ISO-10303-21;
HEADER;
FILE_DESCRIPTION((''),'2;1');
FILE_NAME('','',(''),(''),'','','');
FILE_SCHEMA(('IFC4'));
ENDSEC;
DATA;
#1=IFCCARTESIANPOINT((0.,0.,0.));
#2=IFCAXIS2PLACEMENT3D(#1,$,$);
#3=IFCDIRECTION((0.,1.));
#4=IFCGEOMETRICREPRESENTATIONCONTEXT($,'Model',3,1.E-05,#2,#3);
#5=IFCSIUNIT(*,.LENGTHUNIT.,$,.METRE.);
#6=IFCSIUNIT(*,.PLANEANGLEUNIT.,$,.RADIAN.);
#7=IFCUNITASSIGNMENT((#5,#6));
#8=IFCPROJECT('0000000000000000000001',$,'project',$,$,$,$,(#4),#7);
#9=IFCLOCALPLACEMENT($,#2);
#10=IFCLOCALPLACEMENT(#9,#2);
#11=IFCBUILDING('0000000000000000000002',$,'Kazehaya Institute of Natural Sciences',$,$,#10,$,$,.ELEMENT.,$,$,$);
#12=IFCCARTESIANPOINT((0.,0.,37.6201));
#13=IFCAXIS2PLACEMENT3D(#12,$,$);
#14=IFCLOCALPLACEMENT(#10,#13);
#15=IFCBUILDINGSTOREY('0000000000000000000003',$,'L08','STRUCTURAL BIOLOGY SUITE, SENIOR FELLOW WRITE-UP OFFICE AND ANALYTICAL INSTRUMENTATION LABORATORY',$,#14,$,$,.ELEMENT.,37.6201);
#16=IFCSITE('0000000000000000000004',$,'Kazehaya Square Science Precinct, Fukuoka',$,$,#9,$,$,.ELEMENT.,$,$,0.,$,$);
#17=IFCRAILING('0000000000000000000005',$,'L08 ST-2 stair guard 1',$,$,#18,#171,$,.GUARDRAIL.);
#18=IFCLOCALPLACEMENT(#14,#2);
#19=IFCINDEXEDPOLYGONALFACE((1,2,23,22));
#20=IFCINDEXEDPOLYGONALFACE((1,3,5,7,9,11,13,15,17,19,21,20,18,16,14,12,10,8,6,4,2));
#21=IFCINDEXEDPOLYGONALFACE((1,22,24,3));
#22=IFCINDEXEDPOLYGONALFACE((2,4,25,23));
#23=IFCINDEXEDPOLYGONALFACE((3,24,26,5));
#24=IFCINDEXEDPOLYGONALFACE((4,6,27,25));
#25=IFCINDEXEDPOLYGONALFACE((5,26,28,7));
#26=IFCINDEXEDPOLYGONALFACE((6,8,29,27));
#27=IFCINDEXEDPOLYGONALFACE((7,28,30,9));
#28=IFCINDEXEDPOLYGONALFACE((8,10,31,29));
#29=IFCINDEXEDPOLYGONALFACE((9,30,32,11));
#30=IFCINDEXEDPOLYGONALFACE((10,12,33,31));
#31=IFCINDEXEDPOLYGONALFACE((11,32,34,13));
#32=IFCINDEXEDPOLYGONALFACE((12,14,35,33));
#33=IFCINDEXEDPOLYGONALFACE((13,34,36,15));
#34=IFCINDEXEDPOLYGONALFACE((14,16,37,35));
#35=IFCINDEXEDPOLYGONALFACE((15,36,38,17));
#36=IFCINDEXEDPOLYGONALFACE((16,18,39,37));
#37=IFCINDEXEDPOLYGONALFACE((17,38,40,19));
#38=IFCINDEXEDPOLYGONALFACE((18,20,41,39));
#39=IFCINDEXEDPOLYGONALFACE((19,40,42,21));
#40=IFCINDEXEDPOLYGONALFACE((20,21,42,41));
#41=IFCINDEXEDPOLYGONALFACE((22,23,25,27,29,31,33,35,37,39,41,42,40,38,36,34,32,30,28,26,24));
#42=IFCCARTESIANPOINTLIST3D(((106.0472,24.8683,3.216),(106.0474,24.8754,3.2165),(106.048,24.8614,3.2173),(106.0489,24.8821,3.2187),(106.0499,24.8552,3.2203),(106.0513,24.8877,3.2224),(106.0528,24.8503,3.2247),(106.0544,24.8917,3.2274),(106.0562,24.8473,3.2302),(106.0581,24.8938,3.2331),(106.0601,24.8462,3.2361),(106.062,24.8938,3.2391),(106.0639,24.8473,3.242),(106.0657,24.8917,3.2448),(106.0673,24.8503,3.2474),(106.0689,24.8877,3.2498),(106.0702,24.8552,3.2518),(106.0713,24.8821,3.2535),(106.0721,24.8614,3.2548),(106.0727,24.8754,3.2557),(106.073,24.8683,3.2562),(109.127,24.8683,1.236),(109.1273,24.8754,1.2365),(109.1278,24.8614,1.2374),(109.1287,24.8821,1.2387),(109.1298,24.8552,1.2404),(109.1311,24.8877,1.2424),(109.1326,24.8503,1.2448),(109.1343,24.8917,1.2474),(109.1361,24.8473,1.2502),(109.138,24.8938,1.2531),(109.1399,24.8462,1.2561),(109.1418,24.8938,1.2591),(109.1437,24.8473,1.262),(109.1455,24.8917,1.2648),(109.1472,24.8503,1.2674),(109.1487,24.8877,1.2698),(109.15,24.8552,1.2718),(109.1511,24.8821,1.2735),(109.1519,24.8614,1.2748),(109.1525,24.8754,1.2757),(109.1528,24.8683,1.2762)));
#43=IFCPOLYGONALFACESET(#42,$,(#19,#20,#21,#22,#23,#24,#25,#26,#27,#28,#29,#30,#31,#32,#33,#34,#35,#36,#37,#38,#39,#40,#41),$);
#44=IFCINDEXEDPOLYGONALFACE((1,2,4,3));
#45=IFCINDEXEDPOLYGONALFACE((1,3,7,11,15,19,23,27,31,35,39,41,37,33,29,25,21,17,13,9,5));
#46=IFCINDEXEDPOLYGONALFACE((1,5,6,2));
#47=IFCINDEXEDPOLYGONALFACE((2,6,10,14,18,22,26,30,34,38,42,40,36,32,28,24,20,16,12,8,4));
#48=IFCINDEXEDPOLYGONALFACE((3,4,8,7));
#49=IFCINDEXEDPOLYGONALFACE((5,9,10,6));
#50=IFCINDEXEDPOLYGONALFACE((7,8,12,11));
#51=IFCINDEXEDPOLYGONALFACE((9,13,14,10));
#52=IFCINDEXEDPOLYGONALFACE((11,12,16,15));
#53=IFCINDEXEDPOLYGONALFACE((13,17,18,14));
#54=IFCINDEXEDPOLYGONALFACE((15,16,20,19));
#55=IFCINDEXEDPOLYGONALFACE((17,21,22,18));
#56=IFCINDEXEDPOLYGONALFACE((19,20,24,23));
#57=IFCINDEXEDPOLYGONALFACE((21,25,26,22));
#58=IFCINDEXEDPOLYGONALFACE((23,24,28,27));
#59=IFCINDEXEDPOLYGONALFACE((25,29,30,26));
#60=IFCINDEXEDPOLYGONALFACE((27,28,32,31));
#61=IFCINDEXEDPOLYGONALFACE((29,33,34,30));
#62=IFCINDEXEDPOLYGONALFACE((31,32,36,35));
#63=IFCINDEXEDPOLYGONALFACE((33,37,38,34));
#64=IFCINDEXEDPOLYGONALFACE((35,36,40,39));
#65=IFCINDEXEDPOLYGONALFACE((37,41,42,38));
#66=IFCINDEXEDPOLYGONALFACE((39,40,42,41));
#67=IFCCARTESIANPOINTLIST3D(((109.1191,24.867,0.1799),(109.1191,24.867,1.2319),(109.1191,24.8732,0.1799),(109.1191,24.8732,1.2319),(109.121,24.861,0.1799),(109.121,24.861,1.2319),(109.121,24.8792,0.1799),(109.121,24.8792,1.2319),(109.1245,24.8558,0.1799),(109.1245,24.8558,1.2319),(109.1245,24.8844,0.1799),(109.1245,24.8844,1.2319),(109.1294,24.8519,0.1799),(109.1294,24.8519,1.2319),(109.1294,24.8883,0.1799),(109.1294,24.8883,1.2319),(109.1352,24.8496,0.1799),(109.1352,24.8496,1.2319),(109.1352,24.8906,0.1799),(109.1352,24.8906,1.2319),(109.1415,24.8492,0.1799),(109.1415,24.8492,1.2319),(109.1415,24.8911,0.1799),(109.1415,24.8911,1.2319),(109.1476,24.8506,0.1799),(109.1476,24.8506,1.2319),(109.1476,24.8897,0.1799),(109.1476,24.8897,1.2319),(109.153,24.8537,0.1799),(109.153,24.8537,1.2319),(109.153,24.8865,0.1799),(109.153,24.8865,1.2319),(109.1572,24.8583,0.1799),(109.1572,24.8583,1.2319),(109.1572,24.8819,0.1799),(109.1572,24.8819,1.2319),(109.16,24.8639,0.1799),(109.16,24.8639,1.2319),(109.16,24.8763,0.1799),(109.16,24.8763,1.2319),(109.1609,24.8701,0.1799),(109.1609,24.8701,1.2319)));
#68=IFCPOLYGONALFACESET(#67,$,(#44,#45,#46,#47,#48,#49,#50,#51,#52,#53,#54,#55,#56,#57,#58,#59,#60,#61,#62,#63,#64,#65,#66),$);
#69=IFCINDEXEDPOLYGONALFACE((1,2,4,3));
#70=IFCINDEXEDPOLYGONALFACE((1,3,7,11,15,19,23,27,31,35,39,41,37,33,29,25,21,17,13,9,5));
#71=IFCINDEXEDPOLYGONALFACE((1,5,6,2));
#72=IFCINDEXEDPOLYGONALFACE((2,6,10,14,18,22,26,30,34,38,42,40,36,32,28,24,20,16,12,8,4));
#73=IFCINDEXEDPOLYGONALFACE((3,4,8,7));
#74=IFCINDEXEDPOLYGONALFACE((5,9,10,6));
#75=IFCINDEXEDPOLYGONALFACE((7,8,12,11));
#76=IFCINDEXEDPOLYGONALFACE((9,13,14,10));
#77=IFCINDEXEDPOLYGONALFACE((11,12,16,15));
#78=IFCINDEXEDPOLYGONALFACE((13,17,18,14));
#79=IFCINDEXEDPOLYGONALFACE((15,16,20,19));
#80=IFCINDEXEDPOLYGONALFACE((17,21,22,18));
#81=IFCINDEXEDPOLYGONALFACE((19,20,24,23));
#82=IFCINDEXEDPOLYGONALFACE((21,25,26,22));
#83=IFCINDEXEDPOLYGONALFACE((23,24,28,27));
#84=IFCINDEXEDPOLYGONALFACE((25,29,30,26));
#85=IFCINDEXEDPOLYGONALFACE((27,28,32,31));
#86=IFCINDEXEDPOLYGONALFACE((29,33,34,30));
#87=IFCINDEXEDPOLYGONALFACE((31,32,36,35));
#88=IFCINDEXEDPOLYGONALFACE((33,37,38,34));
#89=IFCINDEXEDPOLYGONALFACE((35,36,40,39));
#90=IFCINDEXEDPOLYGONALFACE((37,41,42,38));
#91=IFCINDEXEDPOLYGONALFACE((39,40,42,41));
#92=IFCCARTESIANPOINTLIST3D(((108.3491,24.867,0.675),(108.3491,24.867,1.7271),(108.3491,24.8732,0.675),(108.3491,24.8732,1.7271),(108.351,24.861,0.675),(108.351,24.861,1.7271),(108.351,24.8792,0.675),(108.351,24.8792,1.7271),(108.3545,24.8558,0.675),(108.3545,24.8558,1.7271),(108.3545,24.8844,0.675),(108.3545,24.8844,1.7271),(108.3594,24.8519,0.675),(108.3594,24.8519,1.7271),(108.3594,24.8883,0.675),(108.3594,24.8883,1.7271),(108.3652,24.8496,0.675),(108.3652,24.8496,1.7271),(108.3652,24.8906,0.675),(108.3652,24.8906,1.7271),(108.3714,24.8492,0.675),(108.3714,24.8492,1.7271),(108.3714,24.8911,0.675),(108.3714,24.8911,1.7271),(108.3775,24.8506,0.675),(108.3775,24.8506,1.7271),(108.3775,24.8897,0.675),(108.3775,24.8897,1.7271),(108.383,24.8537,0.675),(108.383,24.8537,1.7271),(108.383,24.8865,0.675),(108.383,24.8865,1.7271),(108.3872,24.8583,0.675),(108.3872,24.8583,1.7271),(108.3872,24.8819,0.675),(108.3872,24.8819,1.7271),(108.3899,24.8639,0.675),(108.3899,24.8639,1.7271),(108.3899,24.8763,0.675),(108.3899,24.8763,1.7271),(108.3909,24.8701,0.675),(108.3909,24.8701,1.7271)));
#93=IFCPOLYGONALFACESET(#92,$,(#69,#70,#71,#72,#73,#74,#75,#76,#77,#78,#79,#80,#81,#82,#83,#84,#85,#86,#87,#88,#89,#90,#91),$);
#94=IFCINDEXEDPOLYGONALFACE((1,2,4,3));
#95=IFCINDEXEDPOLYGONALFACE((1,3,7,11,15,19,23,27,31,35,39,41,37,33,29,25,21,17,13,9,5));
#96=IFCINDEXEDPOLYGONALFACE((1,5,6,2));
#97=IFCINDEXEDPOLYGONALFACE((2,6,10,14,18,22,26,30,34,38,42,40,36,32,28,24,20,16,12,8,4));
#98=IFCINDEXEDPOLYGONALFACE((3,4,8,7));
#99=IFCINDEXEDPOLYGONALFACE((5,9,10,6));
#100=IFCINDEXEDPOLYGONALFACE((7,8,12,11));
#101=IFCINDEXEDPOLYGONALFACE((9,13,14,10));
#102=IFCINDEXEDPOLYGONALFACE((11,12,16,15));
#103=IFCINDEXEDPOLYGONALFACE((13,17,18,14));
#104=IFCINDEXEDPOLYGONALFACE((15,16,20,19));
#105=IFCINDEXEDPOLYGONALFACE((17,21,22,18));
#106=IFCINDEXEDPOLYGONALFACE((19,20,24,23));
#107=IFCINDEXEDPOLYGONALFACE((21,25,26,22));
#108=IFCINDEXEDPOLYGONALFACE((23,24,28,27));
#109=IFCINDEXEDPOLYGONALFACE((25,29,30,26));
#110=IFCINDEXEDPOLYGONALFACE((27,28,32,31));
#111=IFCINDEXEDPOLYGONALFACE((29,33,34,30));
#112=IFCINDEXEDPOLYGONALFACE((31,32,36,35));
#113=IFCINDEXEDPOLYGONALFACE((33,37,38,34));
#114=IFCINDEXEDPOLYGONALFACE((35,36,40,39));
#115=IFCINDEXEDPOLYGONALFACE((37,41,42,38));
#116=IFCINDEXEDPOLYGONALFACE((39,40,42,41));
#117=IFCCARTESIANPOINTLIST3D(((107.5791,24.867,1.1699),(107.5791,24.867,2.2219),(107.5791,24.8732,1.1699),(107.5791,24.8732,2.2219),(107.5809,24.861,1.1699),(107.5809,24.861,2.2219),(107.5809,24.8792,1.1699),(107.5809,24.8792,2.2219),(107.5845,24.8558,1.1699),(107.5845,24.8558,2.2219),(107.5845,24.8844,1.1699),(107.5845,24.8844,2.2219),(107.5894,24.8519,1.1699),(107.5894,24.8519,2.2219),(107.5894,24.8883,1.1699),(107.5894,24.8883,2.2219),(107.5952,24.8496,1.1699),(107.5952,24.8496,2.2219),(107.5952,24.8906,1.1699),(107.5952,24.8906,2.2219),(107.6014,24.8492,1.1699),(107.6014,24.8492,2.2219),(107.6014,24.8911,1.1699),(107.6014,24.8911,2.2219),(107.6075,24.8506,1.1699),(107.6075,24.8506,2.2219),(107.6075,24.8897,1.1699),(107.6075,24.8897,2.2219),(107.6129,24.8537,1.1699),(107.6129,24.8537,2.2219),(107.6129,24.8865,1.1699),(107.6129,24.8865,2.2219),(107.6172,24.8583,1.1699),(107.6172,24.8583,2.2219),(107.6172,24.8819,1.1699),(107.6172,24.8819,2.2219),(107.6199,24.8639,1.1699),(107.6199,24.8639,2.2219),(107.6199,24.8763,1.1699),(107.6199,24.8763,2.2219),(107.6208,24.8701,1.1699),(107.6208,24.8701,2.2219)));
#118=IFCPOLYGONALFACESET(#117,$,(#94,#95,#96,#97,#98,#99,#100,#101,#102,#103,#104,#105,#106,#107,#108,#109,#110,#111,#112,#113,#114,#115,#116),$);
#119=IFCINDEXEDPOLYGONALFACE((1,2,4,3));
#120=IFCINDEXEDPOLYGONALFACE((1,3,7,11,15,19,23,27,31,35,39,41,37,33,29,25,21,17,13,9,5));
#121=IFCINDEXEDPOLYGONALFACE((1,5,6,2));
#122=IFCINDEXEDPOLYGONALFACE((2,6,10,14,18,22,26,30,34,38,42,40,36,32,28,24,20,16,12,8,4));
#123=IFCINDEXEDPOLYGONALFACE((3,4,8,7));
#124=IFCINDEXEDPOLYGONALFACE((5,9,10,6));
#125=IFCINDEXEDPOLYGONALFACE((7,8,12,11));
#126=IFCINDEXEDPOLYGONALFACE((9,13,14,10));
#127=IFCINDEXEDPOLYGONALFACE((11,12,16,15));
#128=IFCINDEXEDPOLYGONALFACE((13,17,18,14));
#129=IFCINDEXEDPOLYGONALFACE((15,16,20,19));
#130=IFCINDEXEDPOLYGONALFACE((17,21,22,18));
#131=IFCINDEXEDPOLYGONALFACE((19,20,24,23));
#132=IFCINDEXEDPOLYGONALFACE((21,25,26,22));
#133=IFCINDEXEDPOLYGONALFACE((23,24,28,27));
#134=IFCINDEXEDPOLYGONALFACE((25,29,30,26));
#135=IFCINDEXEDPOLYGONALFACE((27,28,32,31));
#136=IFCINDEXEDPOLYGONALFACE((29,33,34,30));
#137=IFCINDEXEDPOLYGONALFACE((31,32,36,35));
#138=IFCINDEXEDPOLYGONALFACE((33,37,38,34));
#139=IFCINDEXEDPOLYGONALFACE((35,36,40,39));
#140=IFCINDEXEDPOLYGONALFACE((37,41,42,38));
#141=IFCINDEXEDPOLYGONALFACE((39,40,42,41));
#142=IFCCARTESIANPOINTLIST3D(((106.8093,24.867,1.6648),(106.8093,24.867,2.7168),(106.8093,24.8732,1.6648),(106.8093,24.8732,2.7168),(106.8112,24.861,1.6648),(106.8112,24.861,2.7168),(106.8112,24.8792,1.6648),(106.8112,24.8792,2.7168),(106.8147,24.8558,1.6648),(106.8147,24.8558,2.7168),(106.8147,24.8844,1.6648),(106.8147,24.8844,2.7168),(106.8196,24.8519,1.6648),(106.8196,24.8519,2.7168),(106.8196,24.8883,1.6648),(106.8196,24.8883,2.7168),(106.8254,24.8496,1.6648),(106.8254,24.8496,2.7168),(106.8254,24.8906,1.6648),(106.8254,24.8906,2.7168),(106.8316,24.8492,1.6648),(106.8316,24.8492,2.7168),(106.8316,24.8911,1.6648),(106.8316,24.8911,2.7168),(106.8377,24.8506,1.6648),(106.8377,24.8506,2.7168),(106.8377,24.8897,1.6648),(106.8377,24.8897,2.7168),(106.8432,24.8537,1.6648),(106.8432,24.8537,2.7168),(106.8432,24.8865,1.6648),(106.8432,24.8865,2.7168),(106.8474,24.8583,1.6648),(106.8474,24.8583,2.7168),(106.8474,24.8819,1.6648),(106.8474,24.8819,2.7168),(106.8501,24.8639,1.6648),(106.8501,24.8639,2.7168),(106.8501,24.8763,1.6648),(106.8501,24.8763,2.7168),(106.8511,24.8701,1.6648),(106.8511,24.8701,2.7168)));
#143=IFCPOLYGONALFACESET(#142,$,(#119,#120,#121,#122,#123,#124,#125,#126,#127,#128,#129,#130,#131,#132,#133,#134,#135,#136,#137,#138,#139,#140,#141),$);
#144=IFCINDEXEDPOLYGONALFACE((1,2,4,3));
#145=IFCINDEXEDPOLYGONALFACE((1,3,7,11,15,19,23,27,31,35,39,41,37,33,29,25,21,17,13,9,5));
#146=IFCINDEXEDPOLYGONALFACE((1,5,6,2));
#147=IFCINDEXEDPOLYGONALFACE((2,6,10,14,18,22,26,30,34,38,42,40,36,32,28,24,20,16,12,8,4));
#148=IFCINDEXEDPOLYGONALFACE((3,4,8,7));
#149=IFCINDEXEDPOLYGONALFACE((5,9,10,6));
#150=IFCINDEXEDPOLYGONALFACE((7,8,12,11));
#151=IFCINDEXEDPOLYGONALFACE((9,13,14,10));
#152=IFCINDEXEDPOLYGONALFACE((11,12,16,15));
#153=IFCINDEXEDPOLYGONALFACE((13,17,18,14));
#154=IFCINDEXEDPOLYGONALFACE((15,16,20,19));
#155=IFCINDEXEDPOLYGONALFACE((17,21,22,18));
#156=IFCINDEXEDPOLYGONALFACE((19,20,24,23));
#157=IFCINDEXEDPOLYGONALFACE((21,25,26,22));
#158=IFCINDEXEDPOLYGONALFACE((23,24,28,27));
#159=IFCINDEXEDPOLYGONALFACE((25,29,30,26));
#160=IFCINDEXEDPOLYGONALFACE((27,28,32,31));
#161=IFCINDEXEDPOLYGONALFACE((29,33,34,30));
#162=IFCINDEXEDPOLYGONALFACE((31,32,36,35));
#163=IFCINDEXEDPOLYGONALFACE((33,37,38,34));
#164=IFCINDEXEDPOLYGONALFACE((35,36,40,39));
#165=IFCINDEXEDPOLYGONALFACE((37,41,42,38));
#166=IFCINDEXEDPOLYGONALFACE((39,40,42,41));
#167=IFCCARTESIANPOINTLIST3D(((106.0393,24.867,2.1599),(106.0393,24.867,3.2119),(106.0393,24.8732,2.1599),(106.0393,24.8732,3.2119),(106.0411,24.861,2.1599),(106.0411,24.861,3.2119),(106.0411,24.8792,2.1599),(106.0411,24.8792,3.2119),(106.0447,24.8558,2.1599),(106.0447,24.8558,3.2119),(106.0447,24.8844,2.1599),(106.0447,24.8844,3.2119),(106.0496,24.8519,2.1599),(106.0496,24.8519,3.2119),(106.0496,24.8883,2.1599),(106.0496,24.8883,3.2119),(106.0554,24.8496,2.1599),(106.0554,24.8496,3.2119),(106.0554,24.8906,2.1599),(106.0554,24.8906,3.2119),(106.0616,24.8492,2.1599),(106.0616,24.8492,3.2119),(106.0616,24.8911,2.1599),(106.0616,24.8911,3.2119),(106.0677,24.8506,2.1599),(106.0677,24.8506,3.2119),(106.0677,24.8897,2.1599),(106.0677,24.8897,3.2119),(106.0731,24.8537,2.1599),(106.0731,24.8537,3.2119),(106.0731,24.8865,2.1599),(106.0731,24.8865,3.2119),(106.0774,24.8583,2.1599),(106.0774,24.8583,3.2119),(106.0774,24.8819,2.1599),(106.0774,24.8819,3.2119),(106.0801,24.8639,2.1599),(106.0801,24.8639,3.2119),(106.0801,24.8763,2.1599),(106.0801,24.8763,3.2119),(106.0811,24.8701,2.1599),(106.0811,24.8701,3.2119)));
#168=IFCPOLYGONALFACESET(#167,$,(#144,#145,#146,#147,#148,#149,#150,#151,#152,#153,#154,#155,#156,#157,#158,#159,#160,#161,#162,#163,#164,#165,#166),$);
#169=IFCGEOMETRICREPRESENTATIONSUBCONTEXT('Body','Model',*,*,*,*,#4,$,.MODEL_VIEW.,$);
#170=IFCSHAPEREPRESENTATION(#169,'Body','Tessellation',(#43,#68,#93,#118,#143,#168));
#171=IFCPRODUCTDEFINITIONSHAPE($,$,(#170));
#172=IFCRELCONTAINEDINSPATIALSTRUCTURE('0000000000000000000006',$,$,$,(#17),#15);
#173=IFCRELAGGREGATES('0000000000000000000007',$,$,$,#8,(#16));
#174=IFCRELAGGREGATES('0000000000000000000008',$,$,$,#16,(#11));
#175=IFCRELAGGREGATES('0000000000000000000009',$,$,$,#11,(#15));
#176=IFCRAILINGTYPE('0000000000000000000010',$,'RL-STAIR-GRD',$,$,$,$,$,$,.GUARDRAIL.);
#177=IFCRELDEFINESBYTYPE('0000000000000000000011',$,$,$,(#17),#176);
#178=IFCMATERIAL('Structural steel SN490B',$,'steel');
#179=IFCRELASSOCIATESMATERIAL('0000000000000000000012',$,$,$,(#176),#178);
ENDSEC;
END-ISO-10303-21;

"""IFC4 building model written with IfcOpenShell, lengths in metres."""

from ifc_helpers import new_model, si_unit, direction, frame, origin, origin_2d, place, context, subcontext, project, spatial, circle, extrude, material, type_object, element, save


model = new_model("IFC4")

# Units and contexts
model_context = context("Model", 3, precision=1e-05, world=origin(), true_north=direction((0.0, 1.0)))
body_context = subcontext(model_context, "Body", "Model", "MODEL_VIEW")
ifc_project = project(units=[si_unit("LENGTHUNIT", "METRE"), si_unit("PLANEANGLEUNIT", "RADIAN")], contexts=[model_context])

# Site, building, storey
site_placement = place(None, origin())
site = spatial("IfcSite", under=ifc_project, at=site_placement, Name="Kazehaya Square Science Precinct, Fukuoka", CompositionType="ELEMENT", RefElevation=0.0)
building_placement = place(site_placement, origin())
building = spatial("IfcBuilding", under=site, at=building_placement, Name="Kazehaya Institute of Natural Sciences", CompositionType="ELEMENT")
storey_placement = place(building_placement, frame((0.0, 0.0, 37.6201)))
storey = spatial("IfcBuildingStorey", under=building, at=storey_placement, Name="L08", Description="STRUCTURAL BIOLOGY SUITE, SENIOR FELLOW WRITE-UP OFFICE AND ANALYTICAL INSTRUMENTATION LABORATORY", CompositionType="ELEMENT", Elevation=37.6201)

# Railing
ifc_material_1 = material(Name="Structural steel SN490B", Category="steel")
railing_type_1 = type_object("IfcRailingType", Name="RL-STAIR-GRD", PredefinedType="GUARDRAIL", material=ifc_material_1)
railing_1_placement = place(storey_placement, frame((109.1399, 24.8701, 0.1799)))
element("IfcRailing", 1, at=railing_1_placement, inside=storey, type_object=railing_type_1, Name="L08 ST-2 stair guard 1", PredefinedType="GUARDRAIL", context=body_context, shape_type="SweptSolid", body=[
    extrude(circle(Radius=0.0239, at=origin_2d()), frame((0.0, 0.0, 1.0762), z_axis=(-0.841168, 0.0, 0.540774), x_axis=(0.0, -1.0, 0.0)), (0.0, 0.0, 1.0), 3.6614),
    extrude(circle(Radius=0.021, at=origin_2d()), origin(), (0.0, 0.0, 1.0), 1.052),
    extrude(circle(Radius=0.021, at=origin_2d()), frame((-0.77, 0.0, 0.4951)), (0.0, 0.0, 1.0), 1.052),
    extrude(circle(Radius=0.021, at=origin_2d()), frame((-1.54, 0.0, 0.99)), (0.0, 0.0, 1.0), 1.052),
    extrude(circle(Radius=0.021, at=origin_2d()), frame((-2.3098, 0.0, 1.4849)), (0.0, 0.0, 1.0), 1.052),
    extrude(circle(Radius=0.021, at=origin_2d()), frame((-3.0798, 0.0, 1.98)), (0.0, 0.0, 1.0), 1.052),
])

save(model, "model.ifc")
